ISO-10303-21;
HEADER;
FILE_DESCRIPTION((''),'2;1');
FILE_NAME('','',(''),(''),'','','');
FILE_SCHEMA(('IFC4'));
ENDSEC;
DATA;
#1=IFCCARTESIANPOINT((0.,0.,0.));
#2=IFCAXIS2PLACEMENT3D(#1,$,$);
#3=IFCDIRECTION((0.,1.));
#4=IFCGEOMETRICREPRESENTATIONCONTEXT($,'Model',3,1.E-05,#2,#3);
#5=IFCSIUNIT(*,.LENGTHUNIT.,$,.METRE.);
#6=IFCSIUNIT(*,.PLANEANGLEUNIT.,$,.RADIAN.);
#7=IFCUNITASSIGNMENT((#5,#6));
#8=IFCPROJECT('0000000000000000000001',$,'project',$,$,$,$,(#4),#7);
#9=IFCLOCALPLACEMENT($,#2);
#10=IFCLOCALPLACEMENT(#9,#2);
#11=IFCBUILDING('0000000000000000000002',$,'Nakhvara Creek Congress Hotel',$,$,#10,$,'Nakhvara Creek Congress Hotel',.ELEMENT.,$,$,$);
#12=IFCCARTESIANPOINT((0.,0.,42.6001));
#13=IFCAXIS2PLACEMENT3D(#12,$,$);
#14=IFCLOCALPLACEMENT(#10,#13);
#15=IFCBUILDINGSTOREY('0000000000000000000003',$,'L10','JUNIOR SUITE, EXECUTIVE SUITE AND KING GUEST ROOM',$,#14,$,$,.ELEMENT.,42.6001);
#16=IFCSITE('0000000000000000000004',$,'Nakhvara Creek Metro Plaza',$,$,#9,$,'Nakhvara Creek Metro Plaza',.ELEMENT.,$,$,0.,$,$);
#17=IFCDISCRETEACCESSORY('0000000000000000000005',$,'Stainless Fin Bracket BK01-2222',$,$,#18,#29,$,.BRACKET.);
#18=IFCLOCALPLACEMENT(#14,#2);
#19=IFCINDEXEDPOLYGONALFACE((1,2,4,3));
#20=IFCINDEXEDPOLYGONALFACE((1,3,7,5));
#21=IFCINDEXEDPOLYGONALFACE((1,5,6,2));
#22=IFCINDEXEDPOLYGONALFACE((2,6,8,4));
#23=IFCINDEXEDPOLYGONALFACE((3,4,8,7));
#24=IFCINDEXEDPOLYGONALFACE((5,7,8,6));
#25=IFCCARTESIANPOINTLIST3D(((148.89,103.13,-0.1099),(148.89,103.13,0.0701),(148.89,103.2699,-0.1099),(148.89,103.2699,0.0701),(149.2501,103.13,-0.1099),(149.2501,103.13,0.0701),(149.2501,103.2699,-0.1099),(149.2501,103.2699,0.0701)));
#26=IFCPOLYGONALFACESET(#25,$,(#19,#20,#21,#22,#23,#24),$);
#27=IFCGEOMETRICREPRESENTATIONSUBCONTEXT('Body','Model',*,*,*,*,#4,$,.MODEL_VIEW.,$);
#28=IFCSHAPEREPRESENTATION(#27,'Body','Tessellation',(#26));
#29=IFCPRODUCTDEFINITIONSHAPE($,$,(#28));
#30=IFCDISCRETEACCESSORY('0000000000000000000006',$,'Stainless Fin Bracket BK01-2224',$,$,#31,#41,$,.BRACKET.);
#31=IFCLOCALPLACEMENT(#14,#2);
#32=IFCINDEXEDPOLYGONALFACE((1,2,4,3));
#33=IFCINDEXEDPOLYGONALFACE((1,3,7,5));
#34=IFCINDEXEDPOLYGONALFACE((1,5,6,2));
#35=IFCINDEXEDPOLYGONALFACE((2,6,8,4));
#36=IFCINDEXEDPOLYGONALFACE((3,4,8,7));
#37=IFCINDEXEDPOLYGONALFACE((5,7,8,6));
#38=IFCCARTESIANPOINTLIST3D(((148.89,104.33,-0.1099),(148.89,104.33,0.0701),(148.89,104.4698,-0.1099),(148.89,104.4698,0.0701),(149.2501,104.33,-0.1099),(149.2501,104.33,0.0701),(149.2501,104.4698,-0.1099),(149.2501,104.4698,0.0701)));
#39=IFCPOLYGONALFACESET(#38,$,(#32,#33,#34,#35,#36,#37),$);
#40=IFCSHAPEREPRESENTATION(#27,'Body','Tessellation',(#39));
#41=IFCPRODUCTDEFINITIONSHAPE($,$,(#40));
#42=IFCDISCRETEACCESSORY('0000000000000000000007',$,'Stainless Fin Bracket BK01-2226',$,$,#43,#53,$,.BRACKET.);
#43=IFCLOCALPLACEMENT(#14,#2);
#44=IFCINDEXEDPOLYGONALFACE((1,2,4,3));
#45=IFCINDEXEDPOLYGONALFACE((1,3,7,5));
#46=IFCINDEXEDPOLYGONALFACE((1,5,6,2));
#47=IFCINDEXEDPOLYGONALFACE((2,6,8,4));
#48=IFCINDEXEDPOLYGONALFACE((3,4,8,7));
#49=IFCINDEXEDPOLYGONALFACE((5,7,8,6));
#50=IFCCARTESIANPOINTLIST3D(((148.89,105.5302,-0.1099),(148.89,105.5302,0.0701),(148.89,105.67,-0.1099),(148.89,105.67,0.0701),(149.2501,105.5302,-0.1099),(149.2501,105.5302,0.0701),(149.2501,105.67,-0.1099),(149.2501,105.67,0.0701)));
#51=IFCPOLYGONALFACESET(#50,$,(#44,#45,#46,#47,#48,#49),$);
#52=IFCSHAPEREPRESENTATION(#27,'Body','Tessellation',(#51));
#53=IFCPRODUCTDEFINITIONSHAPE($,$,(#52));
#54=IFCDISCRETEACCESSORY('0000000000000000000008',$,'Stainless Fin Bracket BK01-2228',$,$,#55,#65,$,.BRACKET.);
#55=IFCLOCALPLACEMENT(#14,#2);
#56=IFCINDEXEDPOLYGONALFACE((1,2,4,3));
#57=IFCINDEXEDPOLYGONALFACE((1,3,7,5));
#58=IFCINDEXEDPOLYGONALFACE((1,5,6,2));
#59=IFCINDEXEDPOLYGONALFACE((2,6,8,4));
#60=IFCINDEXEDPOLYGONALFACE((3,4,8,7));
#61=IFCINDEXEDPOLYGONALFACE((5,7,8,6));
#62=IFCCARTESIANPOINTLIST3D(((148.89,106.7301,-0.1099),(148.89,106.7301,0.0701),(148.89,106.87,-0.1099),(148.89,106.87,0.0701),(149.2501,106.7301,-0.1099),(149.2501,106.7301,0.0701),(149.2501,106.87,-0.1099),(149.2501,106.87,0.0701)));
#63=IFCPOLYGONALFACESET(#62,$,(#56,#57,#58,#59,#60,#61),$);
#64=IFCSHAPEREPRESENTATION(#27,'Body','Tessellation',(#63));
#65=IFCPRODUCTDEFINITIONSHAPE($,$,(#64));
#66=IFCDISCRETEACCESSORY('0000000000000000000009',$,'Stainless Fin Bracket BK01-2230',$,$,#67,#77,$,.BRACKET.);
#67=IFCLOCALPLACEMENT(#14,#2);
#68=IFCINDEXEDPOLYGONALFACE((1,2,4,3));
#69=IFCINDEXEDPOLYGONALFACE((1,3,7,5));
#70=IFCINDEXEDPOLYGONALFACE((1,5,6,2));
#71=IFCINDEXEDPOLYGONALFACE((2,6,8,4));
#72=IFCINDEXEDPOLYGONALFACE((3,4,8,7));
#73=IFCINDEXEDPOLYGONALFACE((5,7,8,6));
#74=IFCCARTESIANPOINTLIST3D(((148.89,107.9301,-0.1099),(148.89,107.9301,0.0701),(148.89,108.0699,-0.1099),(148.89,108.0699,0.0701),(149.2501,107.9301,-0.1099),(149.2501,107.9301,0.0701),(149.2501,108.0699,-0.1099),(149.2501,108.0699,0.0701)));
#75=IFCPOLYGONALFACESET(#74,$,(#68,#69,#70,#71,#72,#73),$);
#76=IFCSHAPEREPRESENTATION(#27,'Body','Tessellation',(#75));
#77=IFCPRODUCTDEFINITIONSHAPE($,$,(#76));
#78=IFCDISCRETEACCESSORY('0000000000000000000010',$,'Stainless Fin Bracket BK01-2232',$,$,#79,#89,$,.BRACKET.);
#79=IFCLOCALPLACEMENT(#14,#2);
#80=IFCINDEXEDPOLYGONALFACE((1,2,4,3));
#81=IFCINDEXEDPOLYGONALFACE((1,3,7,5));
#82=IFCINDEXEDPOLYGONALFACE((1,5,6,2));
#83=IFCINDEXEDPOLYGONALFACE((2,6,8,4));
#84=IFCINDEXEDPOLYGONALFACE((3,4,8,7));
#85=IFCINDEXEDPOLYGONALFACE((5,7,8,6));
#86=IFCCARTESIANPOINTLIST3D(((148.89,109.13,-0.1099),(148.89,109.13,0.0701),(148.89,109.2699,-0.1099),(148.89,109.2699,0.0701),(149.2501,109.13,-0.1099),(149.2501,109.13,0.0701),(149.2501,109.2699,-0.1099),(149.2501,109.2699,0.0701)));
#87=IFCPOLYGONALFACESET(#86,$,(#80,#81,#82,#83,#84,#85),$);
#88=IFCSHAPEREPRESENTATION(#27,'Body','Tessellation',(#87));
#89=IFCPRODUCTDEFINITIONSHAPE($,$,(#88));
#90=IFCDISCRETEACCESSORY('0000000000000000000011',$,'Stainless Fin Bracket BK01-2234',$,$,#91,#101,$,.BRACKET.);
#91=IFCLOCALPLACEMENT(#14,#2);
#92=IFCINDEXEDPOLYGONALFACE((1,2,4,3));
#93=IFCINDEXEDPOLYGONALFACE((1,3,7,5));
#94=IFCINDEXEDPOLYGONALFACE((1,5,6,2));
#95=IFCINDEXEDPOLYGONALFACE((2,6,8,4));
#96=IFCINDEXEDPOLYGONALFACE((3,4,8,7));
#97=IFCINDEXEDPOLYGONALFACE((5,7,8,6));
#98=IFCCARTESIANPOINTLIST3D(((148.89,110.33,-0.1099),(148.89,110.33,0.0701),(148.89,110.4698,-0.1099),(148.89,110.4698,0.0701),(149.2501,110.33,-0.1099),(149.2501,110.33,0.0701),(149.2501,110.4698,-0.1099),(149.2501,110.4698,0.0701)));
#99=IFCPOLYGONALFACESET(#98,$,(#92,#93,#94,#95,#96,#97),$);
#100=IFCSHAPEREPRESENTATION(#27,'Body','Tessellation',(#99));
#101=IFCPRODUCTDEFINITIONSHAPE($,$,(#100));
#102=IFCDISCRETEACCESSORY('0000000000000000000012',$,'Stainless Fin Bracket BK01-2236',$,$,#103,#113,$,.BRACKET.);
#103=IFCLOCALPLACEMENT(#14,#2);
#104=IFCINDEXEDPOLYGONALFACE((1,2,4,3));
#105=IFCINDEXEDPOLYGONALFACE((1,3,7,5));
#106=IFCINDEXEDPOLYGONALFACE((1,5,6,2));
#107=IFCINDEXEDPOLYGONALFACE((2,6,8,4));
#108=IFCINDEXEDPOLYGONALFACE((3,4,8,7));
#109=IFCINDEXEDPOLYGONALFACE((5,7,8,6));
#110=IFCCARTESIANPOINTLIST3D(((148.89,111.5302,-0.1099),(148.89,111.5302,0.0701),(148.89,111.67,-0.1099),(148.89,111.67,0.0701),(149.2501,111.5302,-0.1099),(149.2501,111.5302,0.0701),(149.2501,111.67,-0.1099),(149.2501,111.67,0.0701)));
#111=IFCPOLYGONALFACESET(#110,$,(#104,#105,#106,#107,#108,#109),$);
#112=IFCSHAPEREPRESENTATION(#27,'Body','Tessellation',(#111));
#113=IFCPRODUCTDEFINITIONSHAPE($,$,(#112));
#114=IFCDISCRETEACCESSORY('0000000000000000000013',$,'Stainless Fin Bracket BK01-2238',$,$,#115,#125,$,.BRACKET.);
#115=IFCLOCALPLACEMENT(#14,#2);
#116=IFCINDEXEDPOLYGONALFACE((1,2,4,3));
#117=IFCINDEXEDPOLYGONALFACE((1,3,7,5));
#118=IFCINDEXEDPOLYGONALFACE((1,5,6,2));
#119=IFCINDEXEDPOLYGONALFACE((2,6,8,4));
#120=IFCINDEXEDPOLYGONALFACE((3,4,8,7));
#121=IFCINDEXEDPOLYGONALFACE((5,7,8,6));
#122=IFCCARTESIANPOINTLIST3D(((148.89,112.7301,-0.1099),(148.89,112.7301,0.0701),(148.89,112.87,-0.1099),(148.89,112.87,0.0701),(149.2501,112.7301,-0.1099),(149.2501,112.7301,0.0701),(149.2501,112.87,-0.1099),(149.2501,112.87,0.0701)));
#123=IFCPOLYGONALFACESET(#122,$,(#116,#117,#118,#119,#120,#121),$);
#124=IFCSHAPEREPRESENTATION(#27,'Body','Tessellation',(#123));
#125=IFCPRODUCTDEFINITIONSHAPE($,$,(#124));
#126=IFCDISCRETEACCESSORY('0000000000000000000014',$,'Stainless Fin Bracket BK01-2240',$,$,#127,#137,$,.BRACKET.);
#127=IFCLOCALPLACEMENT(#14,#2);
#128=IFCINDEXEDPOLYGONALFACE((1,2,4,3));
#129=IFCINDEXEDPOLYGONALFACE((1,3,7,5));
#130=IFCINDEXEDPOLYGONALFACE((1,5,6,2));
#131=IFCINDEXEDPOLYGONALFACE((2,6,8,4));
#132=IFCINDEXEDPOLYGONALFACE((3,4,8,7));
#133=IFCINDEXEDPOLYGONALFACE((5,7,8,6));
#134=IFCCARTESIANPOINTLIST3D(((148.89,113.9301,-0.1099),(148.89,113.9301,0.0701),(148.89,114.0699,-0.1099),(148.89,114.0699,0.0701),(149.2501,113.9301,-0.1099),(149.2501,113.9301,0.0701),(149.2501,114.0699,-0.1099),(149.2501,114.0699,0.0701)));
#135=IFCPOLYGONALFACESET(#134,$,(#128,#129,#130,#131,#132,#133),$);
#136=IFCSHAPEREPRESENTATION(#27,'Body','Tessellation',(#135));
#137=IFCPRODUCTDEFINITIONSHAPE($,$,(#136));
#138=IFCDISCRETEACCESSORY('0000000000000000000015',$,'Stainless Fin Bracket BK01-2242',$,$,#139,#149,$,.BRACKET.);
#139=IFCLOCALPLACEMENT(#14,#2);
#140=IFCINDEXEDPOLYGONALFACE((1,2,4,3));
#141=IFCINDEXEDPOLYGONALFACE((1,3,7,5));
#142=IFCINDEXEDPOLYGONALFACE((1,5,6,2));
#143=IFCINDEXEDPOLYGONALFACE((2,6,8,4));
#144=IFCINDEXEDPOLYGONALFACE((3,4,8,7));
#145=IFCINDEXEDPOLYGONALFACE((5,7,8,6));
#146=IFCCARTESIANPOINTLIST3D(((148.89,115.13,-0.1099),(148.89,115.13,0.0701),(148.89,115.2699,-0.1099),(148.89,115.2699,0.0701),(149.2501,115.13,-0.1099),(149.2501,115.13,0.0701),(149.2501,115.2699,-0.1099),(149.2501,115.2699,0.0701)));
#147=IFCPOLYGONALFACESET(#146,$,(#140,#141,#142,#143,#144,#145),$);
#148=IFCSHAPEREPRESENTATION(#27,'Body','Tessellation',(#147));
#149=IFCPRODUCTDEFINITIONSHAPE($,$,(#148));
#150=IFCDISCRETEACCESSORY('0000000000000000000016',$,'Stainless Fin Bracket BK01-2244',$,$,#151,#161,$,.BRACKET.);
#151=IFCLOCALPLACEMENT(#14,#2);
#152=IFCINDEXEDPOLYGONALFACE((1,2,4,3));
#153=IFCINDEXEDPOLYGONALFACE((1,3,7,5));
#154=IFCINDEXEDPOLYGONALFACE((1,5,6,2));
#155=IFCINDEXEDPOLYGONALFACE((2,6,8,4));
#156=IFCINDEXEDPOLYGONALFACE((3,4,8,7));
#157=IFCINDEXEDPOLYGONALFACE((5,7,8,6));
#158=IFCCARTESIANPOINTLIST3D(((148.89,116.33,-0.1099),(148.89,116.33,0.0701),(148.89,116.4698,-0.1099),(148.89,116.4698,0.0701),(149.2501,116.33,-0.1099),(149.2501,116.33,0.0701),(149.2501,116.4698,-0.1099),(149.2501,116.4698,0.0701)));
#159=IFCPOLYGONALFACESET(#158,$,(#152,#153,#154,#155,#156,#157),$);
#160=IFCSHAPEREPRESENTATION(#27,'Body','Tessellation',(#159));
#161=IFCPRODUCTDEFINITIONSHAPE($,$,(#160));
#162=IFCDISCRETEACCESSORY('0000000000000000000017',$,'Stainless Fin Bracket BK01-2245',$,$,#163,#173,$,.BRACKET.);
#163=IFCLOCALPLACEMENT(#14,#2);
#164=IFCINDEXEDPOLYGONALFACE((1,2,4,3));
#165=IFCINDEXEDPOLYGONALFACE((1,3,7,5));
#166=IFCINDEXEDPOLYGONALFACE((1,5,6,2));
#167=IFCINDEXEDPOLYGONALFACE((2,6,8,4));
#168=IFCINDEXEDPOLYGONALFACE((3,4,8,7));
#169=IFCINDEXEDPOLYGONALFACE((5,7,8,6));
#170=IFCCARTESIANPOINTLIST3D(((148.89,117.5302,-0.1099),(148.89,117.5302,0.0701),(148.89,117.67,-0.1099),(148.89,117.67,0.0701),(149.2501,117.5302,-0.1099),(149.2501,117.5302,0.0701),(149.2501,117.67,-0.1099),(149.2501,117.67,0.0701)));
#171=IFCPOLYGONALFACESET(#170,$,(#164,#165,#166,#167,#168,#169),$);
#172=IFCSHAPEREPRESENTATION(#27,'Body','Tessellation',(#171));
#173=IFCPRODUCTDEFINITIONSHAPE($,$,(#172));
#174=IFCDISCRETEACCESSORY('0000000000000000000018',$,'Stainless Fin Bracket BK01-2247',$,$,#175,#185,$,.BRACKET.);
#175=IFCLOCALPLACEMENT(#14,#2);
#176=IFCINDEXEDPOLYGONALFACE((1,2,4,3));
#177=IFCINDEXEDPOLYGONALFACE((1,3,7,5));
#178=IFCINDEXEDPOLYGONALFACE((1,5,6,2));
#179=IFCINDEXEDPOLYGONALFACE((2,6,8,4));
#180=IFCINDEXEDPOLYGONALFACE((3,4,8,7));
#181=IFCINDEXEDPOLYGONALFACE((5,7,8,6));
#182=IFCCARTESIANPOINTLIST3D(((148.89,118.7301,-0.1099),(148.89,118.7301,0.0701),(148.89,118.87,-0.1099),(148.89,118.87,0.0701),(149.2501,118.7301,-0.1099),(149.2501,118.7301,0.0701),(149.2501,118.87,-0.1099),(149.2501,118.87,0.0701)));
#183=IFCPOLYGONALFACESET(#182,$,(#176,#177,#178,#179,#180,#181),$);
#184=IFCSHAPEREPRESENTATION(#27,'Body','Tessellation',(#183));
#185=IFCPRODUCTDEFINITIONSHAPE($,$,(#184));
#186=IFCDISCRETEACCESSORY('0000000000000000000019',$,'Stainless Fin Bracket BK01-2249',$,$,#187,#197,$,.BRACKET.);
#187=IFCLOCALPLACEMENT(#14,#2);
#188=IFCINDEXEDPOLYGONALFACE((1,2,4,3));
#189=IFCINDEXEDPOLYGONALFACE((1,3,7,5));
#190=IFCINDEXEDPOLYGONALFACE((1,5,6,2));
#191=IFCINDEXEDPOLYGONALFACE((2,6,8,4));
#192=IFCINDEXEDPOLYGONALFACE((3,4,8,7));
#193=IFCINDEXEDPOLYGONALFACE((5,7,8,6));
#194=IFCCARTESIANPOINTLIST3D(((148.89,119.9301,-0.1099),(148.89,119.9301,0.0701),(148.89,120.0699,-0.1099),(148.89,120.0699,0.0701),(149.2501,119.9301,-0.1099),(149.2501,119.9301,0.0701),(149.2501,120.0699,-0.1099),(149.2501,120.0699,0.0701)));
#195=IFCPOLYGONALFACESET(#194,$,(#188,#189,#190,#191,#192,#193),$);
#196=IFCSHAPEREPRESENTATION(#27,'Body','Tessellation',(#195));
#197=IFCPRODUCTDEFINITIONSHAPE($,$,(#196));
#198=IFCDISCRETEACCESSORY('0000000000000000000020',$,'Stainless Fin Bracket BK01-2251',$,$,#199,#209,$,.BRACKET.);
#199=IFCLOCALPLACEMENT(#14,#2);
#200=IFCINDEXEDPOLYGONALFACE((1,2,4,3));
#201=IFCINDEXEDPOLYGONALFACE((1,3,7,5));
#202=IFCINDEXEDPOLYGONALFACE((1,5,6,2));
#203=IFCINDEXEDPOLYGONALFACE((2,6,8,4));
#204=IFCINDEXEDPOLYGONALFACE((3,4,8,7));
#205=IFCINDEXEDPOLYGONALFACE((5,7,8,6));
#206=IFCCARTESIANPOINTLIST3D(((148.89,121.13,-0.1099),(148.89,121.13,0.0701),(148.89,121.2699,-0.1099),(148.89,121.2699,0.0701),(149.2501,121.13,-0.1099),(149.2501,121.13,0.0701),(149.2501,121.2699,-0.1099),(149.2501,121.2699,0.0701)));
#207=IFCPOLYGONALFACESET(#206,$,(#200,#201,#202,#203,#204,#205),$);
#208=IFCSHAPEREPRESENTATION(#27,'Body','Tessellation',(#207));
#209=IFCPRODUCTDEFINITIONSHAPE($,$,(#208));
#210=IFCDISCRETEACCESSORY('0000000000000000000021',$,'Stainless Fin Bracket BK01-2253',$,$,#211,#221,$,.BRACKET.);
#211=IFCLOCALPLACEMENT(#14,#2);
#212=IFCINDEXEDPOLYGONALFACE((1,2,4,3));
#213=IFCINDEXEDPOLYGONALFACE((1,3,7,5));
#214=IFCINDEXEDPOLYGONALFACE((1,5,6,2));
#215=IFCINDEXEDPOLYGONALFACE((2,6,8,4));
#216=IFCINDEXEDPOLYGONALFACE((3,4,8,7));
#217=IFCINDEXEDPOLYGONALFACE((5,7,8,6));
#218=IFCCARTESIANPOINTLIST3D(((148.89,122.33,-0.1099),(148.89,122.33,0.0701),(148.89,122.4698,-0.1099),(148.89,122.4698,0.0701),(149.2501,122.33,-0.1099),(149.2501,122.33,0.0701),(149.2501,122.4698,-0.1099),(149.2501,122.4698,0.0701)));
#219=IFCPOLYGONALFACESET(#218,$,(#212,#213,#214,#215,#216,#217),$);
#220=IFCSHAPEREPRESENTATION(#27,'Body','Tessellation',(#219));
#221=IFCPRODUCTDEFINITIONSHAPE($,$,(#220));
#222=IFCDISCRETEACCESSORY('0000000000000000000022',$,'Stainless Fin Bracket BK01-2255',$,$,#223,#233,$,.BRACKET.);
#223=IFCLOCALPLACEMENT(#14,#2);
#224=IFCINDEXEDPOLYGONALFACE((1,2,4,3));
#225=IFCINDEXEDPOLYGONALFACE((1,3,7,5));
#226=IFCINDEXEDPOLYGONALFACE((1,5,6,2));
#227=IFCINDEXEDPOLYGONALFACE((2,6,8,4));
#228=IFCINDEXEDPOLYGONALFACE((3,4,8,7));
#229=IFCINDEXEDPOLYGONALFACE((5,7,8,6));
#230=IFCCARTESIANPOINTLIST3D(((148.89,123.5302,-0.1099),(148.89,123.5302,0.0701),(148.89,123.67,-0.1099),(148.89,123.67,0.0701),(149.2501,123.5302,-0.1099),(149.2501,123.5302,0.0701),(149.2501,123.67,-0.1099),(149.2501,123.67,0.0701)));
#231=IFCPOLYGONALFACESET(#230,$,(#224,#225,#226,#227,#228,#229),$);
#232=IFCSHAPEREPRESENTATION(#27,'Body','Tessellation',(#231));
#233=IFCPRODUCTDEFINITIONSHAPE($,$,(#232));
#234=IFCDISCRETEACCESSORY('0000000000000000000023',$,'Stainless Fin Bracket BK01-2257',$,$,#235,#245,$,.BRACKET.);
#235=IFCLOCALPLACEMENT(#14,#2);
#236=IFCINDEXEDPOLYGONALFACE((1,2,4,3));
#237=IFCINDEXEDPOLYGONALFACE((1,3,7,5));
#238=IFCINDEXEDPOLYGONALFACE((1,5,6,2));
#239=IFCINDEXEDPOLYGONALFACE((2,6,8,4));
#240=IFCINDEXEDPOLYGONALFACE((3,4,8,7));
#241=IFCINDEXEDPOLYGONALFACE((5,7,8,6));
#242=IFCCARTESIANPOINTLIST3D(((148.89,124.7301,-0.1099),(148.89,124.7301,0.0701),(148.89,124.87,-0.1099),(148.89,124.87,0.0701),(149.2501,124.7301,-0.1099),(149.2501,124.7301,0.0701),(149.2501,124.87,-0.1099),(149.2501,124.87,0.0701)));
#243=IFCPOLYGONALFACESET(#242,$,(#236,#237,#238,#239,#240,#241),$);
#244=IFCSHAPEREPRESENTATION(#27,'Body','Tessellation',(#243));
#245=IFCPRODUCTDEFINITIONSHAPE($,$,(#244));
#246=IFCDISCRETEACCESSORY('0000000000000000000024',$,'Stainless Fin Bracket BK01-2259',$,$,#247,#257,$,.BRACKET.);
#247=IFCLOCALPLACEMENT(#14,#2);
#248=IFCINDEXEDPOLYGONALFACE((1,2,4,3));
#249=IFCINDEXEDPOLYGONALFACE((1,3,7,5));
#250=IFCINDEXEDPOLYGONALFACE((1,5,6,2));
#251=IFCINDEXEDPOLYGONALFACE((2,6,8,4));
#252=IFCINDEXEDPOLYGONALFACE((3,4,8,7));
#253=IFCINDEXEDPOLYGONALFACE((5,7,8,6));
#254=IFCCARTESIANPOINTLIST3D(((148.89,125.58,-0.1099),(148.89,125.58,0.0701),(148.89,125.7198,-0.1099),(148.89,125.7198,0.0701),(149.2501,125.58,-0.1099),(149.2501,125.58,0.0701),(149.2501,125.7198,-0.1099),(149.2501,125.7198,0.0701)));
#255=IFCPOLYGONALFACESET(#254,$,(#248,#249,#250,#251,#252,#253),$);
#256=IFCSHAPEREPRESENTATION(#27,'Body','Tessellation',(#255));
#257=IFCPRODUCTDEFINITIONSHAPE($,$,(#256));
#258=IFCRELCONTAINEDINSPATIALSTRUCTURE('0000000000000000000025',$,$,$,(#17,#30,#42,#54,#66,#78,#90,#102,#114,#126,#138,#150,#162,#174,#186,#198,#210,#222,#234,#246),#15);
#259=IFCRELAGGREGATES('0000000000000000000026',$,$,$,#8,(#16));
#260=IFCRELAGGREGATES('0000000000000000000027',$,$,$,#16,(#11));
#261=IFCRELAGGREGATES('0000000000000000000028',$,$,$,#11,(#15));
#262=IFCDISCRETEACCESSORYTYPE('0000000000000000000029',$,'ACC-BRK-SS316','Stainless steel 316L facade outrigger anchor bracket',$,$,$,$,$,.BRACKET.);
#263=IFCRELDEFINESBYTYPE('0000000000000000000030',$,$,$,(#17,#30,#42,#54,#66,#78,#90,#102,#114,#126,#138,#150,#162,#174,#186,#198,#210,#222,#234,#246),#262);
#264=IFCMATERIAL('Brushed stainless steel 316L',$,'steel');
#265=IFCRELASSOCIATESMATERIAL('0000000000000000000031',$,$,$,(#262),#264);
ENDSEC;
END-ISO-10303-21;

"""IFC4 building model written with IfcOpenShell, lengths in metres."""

from ifc_helpers import new_model, si_unit, direction, frame, origin, origin_2d, place, context, subcontext, project, spatial, rectangle, extrude, material, type_object, element, save


model = new_model("IFC4")

# Units and contexts
model_context = context("Model", 3, precision=1e-05, world=origin(), true_north=direction((0.0, 1.0)))
body_context = subcontext(model_context, "Body", "Model", "MODEL_VIEW")
ifc_project = project(units=[si_unit("LENGTHUNIT", "METRE"), si_unit("PLANEANGLEUNIT", "RADIAN")], contexts=[model_context])

# Site, building, storey
site_placement = place(None, origin())
site = spatial("IfcSite", under=ifc_project, at=site_placement, Name="Nakhvara Creek Metro Plaza", LongName="Nakhvara Creek Metro Plaza", CompositionType="ELEMENT", RefElevation=0.0)
building_placement = place(site_placement, origin())
building = spatial("IfcBuilding", under=site, at=building_placement, Name="Nakhvara Creek Congress Hotel", LongName="Nakhvara Creek Congress Hotel", CompositionType="ELEMENT")
storey_placement = place(building_placement, frame((0.0, 0.0, 42.6001)))
storey = spatial("IfcBuildingStorey", under=building, at=storey_placement, Name="L10", Description="JUNIOR SUITE, EXECUTIVE SUITE AND KING GUEST ROOM", CompositionType="ELEMENT", Elevation=42.6001)

# Discrete accessories
ifc_material_1 = material(Name="Brushed stainless steel 316L", Category="steel")
discrete_accessory_type = type_object("IfcDiscreteAccessoryType", Name="ACC-BRK-SS316", Description="Stainless steel 316L facade outrigger anchor bracket", PredefinedType="BRACKET", material=ifc_material_1)
for number, where, z_axis, x_axis, name in (
    (1, (149.0701, 103.2, -0.1099), (0.0, 0.0, 1.0), (0.0, 1.0, 0.0), "Stainless Fin Bracket BK01-2222"),
    (2, (149.0701, 104.3999, -0.1099), (0.0, 0.0, 1.0), (0.0, 1.0, 0.0), "Stainless Fin Bracket BK01-2224"),
    (3, (149.0701, 105.6001, -0.1099), (0.0, 0.0, 1.0), (0.0, 1.0, 0.0), "Stainless Fin Bracket BK01-2226"),
    (4, (149.0701, 106.8, -0.1099), (0.0, 0.0, 1.0), (0.0, 1.0, 0.0), "Stainless Fin Bracket BK01-2228"),
    (5, (149.0701, 108.0, -0.1099), (0.0, 0.0, 1.0), (0.0, 1.0, 0.0), "Stainless Fin Bracket BK01-2230"),
    (6, (149.0701, 109.2, -0.1099), (0.0, 0.0, 1.0), (0.0, 1.0, 0.0), "Stainless Fin Bracket BK01-2232"),
    (7, (149.0701, 110.3999, -0.1099), (0.0, 0.0, 1.0), (0.0, 1.0, 0.0), "Stainless Fin Bracket BK01-2234"),
    (8, (149.0701, 111.6001, -0.1099), (0.0, 0.0, 1.0), (0.0, 1.0, 0.0), "Stainless Fin Bracket BK01-2236"),
    (9, (149.0701, 112.8, -0.1099), (0.0, 0.0, 1.0), (0.0, 1.0, 0.0), "Stainless Fin Bracket BK01-2238"),
    (10, (149.0701, 114.0, -0.1099), (0.0, 0.0, 1.0), (0.0, 1.0, 0.0), "Stainless Fin Bracket BK01-2240"),
    (11, (149.0701, 115.2, -0.1099), (0.0, 0.0, 1.0), (0.0, 1.0, 0.0), "Stainless Fin Bracket BK01-2242"),
    (12, (149.0701, 116.3999, -0.1099), (0.0, 0.0, 1.0), (0.0, 1.0, 0.0), "Stainless Fin Bracket BK01-2244"),
    (13, (149.0701, 117.6001, -0.1099), (0.0, 0.0, 1.0), (0.0, 1.0, 0.0), "Stainless Fin Bracket BK01-2245"),
    (14, (149.0701, 118.8, -0.1099), (0.0, 0.0, 1.0), (0.0, 1.0, 0.0), "Stainless Fin Bracket BK01-2247"),
    (15, (149.0701, 120.0, -0.1099), (0.0, 0.0, 1.0), (0.0, 1.0, 0.0), "Stainless Fin Bracket BK01-2249"),
    (16, (149.0701, 121.2, -0.1099), (0.0, 0.0, 1.0), (0.0, 1.0, 0.0), "Stainless Fin Bracket BK01-2251"),
    (17, (149.0701, 122.3999, -0.1099), (0.0, 0.0, 1.0), (0.0, 1.0, 0.0), "Stainless Fin Bracket BK01-2253"),
    (18, (149.0701, 123.6001, -0.1099), (0.0, 0.0, 1.0), (0.0, 1.0, 0.0), "Stainless Fin Bracket BK01-2255"),
    (19, (149.0701, 124.8, -0.1099), (0.0, 0.0, 1.0), (0.0, 1.0, 0.0), "Stainless Fin Bracket BK01-2257"),
    (20, (149.0701, 125.6499, -0.1099), (0.0, 0.0, 1.0), (0.0, 1.0, 0.0), "Stainless Fin Bracket BK01-2259"),
):
    element("IfcDiscreteAccessory", number, at=place(storey_placement, frame(where, z_axis=z_axis, x_axis=x_axis)), inside=storey, type_object=discrete_accessory_type, Name=name, PredefinedType="BRACKET", context=body_context, shape_type="SweptSolid", body=[
        extrude(rectangle(XDim=0.1399, YDim=0.3601, at=origin_2d()), origin(), (0.0, 0.0, 1.0), 0.1799),
    ])

save(model, "model.ifc")
